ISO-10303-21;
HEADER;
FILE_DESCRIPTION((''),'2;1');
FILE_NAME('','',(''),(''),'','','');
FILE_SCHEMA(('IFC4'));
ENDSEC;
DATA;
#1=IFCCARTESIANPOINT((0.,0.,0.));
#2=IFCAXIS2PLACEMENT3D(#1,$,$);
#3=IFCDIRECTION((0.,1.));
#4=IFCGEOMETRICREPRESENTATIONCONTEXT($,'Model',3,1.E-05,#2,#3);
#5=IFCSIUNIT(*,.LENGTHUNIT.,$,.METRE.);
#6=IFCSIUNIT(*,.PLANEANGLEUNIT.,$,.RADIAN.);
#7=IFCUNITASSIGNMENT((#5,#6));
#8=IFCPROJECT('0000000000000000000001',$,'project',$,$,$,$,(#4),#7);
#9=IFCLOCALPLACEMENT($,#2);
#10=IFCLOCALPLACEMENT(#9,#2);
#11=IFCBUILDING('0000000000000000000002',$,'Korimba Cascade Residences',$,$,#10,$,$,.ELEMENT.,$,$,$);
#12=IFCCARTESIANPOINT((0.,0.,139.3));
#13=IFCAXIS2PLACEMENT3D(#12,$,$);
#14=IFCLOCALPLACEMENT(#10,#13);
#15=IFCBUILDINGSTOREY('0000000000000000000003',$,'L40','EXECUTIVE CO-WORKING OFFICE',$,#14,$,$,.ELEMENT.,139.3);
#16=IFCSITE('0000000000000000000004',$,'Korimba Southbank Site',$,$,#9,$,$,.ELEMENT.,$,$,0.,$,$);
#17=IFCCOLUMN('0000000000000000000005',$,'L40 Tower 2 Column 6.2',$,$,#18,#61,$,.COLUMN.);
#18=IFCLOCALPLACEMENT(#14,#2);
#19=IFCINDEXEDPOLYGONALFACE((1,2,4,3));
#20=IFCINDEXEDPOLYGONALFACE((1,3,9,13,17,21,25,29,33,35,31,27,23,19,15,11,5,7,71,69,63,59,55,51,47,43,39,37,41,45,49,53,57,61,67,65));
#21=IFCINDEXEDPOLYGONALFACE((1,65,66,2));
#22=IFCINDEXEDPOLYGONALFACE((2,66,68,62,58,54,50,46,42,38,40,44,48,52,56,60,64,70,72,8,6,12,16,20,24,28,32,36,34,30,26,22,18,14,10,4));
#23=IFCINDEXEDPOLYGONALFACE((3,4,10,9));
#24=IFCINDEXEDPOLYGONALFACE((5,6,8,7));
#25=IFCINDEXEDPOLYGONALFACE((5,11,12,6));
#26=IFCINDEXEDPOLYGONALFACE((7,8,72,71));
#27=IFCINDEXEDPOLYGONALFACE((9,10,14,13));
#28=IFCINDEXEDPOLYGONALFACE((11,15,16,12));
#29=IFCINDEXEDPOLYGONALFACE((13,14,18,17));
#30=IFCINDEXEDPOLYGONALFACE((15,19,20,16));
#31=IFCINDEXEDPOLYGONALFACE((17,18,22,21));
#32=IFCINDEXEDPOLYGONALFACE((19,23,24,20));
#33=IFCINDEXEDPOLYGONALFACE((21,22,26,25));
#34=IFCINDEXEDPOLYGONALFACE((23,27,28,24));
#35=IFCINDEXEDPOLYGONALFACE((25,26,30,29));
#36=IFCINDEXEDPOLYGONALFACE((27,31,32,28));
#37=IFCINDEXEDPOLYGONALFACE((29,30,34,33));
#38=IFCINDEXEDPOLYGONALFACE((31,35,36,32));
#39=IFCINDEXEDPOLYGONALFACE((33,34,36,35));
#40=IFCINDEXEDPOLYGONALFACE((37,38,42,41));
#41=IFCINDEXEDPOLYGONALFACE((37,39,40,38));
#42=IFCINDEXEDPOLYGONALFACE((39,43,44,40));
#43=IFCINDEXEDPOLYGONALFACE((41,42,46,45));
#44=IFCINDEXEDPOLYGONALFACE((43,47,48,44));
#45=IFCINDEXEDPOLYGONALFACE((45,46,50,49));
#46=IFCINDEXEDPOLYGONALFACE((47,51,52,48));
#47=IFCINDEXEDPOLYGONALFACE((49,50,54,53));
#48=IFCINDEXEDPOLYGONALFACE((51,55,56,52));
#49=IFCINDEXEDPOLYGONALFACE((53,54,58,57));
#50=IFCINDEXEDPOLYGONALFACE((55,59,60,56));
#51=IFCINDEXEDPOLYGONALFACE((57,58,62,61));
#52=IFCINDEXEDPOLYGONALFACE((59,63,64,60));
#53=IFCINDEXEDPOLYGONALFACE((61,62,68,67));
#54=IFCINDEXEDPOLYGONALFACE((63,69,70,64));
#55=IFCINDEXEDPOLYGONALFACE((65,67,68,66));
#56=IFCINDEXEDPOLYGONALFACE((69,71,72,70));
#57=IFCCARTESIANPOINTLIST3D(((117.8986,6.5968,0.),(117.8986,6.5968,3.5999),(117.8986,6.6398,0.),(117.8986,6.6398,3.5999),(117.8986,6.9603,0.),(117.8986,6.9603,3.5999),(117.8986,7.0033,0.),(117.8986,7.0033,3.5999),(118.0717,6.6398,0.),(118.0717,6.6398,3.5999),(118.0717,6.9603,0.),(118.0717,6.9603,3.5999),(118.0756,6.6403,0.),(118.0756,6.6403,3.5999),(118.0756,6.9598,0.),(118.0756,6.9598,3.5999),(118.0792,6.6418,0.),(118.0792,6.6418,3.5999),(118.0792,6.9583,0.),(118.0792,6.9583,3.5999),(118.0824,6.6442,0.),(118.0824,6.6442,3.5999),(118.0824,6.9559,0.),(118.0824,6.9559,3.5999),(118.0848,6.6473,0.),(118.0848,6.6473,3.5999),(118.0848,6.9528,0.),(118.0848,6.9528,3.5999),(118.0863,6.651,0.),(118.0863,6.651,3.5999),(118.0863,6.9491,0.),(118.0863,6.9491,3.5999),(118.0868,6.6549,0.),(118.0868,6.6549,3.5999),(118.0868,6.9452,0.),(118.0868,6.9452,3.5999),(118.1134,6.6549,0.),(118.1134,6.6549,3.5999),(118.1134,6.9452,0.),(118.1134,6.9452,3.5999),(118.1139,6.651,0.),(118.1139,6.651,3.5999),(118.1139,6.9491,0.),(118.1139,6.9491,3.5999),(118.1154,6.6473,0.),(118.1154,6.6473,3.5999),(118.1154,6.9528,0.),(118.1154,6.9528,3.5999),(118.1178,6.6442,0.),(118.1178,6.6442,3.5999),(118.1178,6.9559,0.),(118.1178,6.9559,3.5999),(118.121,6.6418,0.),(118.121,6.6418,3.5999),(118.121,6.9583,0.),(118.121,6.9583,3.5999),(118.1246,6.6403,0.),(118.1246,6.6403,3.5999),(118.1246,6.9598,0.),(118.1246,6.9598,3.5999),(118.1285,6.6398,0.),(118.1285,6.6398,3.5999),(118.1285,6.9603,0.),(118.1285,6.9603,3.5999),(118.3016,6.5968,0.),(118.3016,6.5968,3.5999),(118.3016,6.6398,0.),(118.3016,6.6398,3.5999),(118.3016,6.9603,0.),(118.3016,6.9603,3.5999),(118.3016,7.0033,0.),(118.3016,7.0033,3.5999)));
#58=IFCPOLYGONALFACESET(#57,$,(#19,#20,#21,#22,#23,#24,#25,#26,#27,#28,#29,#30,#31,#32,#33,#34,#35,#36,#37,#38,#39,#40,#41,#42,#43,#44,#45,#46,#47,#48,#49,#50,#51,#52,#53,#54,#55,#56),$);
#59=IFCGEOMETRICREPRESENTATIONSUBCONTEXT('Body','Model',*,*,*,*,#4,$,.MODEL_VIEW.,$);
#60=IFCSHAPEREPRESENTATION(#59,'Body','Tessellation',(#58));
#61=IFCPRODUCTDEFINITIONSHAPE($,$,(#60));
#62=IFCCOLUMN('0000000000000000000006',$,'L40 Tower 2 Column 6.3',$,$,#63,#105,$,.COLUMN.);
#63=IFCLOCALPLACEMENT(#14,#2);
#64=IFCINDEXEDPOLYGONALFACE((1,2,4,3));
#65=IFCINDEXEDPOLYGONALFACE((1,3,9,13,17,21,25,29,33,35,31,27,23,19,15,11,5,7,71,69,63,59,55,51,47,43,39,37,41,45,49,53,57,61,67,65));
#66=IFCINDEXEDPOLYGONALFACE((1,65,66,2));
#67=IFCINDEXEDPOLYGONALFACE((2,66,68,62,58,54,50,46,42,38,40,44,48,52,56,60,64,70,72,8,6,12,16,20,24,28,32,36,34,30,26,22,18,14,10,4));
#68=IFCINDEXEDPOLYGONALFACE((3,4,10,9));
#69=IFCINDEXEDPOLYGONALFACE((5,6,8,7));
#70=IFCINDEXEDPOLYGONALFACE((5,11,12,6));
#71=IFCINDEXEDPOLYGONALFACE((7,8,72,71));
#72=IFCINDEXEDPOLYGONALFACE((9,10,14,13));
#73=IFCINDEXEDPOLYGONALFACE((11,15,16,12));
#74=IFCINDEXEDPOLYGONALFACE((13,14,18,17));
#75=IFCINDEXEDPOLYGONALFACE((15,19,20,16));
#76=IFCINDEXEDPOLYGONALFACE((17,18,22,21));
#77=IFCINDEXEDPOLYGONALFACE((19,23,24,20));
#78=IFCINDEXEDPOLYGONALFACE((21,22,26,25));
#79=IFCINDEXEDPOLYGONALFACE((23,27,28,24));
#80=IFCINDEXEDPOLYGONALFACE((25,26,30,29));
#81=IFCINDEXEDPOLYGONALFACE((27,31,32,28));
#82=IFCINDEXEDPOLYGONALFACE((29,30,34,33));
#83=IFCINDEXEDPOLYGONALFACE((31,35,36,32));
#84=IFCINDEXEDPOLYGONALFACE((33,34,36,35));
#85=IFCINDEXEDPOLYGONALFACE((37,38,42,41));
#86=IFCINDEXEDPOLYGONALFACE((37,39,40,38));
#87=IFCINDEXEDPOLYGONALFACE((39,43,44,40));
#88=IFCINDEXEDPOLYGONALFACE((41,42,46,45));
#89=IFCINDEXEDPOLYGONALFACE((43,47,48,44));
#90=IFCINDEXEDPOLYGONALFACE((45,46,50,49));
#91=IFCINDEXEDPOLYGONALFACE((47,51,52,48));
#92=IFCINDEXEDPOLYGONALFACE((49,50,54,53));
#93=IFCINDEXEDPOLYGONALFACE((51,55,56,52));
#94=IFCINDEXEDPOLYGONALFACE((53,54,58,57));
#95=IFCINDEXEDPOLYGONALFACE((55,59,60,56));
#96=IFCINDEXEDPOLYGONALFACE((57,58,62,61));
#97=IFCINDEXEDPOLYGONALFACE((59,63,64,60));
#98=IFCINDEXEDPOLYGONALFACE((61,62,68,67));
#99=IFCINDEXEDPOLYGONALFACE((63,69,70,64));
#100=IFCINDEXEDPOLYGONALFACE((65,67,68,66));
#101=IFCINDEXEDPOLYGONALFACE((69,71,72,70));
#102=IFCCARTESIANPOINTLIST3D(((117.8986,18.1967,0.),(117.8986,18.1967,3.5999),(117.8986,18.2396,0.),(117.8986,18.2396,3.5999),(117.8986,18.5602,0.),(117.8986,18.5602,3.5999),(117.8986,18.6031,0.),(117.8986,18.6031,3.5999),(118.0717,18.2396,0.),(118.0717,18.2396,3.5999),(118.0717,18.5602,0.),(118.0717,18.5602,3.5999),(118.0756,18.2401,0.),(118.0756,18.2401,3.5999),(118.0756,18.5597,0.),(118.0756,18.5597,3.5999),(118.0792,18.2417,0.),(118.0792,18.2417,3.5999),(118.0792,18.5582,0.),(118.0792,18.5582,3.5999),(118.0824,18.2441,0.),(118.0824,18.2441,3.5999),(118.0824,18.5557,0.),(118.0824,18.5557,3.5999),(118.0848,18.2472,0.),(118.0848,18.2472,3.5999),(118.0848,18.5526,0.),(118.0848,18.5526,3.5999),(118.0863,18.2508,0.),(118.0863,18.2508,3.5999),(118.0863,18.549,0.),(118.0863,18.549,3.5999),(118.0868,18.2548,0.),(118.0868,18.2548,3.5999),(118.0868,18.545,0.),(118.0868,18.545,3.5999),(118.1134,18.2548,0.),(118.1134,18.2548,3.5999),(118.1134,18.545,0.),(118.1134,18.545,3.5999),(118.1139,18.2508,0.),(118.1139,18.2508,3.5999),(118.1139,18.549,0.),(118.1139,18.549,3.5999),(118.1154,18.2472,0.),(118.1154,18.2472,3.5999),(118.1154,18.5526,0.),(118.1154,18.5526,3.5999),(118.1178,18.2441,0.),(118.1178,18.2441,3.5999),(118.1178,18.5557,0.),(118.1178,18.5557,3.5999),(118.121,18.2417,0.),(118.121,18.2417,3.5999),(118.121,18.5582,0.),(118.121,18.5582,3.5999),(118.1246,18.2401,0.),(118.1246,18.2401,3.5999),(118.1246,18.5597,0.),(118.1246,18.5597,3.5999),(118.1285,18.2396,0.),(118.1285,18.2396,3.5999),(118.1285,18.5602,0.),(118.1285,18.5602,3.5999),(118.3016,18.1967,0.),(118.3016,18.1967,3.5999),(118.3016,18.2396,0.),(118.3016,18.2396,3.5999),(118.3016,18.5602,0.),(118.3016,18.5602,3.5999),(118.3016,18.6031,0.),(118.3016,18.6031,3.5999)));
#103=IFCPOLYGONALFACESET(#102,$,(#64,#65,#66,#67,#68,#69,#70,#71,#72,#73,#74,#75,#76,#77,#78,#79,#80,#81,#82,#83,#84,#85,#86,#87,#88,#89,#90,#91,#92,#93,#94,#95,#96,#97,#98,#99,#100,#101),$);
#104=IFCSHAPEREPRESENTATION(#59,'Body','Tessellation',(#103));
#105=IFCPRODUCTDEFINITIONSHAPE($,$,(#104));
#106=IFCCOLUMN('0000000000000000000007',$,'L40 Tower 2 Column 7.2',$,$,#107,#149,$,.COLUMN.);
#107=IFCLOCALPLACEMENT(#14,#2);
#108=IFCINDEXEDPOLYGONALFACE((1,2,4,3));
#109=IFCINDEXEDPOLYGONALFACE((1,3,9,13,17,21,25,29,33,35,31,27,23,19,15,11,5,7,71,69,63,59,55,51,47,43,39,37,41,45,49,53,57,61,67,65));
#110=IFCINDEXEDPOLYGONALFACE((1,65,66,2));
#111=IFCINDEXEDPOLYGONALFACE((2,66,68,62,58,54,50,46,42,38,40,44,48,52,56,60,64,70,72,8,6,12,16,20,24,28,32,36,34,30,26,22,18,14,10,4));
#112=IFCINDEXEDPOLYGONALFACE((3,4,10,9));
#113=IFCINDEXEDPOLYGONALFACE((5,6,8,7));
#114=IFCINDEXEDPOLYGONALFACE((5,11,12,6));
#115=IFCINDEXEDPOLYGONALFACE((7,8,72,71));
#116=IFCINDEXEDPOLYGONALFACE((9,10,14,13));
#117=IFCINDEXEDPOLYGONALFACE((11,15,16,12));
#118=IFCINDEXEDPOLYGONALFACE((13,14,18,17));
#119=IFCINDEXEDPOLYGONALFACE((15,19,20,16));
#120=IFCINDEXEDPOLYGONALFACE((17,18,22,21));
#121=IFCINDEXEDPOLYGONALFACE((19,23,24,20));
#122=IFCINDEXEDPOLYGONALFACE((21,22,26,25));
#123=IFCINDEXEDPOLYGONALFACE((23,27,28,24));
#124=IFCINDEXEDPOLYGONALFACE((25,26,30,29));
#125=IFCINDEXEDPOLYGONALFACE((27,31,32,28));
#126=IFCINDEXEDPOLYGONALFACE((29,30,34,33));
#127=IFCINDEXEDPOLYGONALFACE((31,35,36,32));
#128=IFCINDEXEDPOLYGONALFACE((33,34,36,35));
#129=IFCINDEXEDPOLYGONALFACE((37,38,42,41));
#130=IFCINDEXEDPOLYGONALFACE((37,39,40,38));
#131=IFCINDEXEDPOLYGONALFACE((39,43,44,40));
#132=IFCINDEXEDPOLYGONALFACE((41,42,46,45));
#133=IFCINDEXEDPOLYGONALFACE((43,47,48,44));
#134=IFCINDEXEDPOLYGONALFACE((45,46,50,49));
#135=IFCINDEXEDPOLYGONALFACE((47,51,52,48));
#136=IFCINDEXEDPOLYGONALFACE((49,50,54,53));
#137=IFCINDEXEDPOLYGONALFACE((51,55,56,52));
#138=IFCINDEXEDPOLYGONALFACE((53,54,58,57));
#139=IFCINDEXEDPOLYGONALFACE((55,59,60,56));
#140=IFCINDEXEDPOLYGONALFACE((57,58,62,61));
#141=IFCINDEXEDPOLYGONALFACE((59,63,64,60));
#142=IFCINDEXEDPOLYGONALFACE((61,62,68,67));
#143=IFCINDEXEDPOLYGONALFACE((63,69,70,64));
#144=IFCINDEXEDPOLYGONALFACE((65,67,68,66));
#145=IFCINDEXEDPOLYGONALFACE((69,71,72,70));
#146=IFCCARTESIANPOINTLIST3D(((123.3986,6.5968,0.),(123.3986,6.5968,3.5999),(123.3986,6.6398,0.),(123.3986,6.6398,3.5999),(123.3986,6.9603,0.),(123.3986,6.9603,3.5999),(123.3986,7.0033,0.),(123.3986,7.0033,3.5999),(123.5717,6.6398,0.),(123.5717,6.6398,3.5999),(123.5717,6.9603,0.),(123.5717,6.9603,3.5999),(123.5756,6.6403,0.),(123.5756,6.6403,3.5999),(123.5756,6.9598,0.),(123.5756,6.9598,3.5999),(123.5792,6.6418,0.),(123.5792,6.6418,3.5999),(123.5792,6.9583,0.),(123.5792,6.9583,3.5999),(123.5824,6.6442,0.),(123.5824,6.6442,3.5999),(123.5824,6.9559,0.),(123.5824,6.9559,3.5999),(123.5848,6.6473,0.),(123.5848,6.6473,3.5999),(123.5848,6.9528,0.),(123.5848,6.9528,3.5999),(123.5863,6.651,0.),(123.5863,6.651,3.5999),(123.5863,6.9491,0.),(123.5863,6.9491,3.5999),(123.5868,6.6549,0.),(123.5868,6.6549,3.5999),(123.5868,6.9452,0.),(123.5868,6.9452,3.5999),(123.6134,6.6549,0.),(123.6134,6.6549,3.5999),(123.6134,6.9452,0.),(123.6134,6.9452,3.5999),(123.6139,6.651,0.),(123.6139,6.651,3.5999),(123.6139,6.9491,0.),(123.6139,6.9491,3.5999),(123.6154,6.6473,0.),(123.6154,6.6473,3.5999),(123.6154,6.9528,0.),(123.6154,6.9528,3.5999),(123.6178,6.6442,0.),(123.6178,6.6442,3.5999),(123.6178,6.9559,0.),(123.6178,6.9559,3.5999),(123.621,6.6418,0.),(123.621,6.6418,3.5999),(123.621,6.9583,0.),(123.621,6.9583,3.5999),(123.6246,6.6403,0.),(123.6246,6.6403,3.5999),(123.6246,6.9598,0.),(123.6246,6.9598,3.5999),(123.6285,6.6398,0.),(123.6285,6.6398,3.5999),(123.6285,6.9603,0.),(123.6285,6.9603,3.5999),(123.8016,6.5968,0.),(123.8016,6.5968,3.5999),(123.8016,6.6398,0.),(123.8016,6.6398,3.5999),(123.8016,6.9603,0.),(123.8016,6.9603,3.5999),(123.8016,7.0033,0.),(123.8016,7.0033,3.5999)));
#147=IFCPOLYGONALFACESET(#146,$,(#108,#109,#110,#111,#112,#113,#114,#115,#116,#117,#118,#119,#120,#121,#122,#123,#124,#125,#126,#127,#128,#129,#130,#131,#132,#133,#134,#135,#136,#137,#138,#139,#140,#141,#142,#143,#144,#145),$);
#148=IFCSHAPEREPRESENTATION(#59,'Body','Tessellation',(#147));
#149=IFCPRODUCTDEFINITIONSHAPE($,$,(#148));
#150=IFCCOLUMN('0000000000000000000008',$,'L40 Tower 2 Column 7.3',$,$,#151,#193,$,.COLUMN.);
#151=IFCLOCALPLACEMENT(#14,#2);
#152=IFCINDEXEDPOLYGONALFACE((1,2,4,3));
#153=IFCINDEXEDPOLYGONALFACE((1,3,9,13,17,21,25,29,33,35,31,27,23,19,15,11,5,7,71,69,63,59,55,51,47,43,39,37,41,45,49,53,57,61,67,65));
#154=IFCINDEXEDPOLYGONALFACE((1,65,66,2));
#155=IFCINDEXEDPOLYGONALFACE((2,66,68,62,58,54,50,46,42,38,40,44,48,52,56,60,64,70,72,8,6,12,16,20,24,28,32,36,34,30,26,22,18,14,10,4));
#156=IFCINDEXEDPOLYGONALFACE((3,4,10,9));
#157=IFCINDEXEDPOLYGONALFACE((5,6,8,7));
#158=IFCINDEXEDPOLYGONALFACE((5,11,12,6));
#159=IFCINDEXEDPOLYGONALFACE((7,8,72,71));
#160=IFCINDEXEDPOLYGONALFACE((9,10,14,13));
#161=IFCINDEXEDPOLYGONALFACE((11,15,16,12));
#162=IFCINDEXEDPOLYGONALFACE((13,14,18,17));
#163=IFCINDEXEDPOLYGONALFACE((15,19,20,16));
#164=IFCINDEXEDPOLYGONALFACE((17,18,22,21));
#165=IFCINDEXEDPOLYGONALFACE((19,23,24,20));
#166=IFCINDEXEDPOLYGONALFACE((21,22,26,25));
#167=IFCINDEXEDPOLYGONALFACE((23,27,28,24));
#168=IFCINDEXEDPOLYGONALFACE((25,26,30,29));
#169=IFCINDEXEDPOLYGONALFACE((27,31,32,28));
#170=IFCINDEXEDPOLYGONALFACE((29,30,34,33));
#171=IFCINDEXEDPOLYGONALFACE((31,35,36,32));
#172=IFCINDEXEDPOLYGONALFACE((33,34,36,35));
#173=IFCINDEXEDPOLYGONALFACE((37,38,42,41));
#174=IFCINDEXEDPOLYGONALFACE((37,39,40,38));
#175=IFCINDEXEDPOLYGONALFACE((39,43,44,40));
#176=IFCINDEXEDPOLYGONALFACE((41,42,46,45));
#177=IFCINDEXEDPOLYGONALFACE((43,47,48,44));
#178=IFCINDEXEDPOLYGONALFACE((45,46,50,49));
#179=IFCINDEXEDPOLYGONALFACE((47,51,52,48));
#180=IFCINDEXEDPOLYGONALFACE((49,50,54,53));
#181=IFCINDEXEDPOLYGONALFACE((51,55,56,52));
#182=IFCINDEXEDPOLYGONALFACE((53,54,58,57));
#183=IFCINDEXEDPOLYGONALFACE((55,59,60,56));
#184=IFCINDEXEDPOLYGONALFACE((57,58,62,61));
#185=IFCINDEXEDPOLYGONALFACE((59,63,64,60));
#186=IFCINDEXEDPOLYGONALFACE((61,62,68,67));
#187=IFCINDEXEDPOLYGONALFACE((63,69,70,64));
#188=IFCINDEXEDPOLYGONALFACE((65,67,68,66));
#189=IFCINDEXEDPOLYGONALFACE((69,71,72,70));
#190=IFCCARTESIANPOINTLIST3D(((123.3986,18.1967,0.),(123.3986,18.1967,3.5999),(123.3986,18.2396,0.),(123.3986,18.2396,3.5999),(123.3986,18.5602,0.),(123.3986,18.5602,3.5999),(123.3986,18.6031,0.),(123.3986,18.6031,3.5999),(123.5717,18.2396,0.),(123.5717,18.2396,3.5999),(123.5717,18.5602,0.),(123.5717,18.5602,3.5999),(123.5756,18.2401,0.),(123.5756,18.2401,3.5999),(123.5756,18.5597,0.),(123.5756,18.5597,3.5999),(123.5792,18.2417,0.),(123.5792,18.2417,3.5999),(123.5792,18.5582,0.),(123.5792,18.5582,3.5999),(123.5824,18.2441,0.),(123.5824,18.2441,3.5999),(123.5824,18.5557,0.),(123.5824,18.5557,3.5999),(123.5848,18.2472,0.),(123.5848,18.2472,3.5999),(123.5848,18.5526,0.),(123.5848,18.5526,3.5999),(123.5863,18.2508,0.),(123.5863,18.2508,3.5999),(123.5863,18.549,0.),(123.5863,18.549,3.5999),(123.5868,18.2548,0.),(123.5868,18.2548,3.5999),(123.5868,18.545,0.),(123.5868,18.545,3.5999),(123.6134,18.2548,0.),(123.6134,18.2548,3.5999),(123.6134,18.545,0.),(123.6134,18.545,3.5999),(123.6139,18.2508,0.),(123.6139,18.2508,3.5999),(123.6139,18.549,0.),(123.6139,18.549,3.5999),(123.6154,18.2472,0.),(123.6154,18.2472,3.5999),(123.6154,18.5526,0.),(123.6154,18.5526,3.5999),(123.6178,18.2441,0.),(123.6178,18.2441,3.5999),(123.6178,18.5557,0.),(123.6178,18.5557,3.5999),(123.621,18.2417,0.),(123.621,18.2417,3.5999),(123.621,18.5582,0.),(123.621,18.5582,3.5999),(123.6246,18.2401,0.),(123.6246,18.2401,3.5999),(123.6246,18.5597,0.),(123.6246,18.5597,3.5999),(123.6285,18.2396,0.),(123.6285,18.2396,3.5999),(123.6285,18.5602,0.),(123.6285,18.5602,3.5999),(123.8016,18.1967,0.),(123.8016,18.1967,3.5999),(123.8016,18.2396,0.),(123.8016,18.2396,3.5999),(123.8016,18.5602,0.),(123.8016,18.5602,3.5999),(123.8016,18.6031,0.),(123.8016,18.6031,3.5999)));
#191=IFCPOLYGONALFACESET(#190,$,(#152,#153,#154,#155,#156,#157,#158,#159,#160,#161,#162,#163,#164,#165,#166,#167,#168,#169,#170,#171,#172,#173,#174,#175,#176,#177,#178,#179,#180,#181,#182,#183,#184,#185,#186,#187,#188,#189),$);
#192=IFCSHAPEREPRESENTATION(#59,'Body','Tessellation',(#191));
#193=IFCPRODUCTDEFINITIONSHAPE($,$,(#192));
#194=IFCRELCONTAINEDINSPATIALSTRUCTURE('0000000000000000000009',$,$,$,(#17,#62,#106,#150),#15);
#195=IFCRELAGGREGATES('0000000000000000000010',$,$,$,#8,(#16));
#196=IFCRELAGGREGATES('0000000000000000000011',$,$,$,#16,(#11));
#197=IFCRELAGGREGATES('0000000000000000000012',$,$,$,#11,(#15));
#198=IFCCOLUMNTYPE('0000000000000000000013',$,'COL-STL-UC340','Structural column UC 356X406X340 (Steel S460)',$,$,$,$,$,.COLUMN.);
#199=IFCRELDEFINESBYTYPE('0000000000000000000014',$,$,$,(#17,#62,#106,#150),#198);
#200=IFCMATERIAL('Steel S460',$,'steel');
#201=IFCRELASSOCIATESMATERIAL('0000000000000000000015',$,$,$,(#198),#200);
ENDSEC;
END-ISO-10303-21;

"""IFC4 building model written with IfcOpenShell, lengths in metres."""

from ifc_helpers import new_model, si_unit, direction, frame, origin, origin_2d, place, context, subcontext, project, spatial, i_section, extrude, material, material_profile, profile_set, type_object, element, save


model = new_model("IFC4")

# Units and contexts
model_context = context("Model", 3, precision=1e-05, world=origin(), true_north=direction((0.0, 1.0)))
body_context = subcontext(model_context, "Body", "Model", "MODEL_VIEW")
ifc_project = project(units=[si_unit("LENGTHUNIT", "METRE"), si_unit("PLANEANGLEUNIT", "RADIAN")], contexts=[model_context])

# Site, building, storey
site_placement = place(None, origin())
site = spatial("IfcSite", under=ifc_project, at=site_placement, Name="Korimba Southbank Site", CompositionType="ELEMENT", RefElevation=0.0)
building_placement = place(site_placement, origin())
building = spatial("IfcBuilding", under=site, at=building_placement, Name="Korimba Cascade Residences", CompositionType="ELEMENT")
storey_placement = place(building_placement, frame((0.0, 0.0, 139.3)))
storey = spatial("IfcBuildingStorey", under=building, at=storey_placement, Name="L40", Description="EXECUTIVE CO-WORKING OFFICE", CompositionType="ELEMENT", Elevation=139.3)

# Columns
ifc_material_1 = material(Name="Steel S460", Category="steel")
ifc_material_profile_1 = material_profile(ifc_material_1, i_section(OverallWidth=0.4031, OverallDepth=0.4065, WebThickness=0.0266, FlangeThickness=0.043, FilletRadius=0.0151, at=origin_2d()), Name="Steel S460")
ifc_profile_set_1 = profile_set([ifc_material_profile_1], Name="Steel S460")
column_type = type_object("IfcColumnType", Name="COL-STL-UC340", Description="Structural column UC 356X406X340 (Steel S460)", PredefinedType="COLUMN", material=ifc_profile_set_1)
for number, where, z_axis, x_axis, name in (
    (1, (118.1001, 6.8, 0.0), (0.0, 0.0, 1.0), (1.0, 0.0, 0.0), "L40 Tower 2 Column 6.2"),
    (2, (118.1001, 18.3999, 0.0), (0.0, 0.0, 1.0), (1.0, 0.0, 0.0), "L40 Tower 2 Column 6.3"),
    (3, (123.6001, 6.8, 0.0), (0.0, 0.0, 1.0), (1.0, 0.0, 0.0), "L40 Tower 2 Column 7.2"),
    (4, (123.6001, 18.3999, 0.0), (0.0, 0.0, 1.0), (1.0, 0.0, 0.0), "L40 Tower 2 Column 7.3"),
):
    element("IfcColumn", number, at=place(storey_placement, frame(where, z_axis=z_axis, x_axis=x_axis)), inside=storey, type_object=column_type, Name=name, PredefinedType="COLUMN", context=body_context, shape_type="SweptSolid", body=[
        extrude(i_section(OverallWidth=0.4031, OverallDepth=0.4065, WebThickness=0.0266, FlangeThickness=0.043, FilletRadius=0.0151, at=origin_2d()), origin(), (0.0, 0.0, 1.0), 3.5999),
    ])

save(model, "model.ifc")
